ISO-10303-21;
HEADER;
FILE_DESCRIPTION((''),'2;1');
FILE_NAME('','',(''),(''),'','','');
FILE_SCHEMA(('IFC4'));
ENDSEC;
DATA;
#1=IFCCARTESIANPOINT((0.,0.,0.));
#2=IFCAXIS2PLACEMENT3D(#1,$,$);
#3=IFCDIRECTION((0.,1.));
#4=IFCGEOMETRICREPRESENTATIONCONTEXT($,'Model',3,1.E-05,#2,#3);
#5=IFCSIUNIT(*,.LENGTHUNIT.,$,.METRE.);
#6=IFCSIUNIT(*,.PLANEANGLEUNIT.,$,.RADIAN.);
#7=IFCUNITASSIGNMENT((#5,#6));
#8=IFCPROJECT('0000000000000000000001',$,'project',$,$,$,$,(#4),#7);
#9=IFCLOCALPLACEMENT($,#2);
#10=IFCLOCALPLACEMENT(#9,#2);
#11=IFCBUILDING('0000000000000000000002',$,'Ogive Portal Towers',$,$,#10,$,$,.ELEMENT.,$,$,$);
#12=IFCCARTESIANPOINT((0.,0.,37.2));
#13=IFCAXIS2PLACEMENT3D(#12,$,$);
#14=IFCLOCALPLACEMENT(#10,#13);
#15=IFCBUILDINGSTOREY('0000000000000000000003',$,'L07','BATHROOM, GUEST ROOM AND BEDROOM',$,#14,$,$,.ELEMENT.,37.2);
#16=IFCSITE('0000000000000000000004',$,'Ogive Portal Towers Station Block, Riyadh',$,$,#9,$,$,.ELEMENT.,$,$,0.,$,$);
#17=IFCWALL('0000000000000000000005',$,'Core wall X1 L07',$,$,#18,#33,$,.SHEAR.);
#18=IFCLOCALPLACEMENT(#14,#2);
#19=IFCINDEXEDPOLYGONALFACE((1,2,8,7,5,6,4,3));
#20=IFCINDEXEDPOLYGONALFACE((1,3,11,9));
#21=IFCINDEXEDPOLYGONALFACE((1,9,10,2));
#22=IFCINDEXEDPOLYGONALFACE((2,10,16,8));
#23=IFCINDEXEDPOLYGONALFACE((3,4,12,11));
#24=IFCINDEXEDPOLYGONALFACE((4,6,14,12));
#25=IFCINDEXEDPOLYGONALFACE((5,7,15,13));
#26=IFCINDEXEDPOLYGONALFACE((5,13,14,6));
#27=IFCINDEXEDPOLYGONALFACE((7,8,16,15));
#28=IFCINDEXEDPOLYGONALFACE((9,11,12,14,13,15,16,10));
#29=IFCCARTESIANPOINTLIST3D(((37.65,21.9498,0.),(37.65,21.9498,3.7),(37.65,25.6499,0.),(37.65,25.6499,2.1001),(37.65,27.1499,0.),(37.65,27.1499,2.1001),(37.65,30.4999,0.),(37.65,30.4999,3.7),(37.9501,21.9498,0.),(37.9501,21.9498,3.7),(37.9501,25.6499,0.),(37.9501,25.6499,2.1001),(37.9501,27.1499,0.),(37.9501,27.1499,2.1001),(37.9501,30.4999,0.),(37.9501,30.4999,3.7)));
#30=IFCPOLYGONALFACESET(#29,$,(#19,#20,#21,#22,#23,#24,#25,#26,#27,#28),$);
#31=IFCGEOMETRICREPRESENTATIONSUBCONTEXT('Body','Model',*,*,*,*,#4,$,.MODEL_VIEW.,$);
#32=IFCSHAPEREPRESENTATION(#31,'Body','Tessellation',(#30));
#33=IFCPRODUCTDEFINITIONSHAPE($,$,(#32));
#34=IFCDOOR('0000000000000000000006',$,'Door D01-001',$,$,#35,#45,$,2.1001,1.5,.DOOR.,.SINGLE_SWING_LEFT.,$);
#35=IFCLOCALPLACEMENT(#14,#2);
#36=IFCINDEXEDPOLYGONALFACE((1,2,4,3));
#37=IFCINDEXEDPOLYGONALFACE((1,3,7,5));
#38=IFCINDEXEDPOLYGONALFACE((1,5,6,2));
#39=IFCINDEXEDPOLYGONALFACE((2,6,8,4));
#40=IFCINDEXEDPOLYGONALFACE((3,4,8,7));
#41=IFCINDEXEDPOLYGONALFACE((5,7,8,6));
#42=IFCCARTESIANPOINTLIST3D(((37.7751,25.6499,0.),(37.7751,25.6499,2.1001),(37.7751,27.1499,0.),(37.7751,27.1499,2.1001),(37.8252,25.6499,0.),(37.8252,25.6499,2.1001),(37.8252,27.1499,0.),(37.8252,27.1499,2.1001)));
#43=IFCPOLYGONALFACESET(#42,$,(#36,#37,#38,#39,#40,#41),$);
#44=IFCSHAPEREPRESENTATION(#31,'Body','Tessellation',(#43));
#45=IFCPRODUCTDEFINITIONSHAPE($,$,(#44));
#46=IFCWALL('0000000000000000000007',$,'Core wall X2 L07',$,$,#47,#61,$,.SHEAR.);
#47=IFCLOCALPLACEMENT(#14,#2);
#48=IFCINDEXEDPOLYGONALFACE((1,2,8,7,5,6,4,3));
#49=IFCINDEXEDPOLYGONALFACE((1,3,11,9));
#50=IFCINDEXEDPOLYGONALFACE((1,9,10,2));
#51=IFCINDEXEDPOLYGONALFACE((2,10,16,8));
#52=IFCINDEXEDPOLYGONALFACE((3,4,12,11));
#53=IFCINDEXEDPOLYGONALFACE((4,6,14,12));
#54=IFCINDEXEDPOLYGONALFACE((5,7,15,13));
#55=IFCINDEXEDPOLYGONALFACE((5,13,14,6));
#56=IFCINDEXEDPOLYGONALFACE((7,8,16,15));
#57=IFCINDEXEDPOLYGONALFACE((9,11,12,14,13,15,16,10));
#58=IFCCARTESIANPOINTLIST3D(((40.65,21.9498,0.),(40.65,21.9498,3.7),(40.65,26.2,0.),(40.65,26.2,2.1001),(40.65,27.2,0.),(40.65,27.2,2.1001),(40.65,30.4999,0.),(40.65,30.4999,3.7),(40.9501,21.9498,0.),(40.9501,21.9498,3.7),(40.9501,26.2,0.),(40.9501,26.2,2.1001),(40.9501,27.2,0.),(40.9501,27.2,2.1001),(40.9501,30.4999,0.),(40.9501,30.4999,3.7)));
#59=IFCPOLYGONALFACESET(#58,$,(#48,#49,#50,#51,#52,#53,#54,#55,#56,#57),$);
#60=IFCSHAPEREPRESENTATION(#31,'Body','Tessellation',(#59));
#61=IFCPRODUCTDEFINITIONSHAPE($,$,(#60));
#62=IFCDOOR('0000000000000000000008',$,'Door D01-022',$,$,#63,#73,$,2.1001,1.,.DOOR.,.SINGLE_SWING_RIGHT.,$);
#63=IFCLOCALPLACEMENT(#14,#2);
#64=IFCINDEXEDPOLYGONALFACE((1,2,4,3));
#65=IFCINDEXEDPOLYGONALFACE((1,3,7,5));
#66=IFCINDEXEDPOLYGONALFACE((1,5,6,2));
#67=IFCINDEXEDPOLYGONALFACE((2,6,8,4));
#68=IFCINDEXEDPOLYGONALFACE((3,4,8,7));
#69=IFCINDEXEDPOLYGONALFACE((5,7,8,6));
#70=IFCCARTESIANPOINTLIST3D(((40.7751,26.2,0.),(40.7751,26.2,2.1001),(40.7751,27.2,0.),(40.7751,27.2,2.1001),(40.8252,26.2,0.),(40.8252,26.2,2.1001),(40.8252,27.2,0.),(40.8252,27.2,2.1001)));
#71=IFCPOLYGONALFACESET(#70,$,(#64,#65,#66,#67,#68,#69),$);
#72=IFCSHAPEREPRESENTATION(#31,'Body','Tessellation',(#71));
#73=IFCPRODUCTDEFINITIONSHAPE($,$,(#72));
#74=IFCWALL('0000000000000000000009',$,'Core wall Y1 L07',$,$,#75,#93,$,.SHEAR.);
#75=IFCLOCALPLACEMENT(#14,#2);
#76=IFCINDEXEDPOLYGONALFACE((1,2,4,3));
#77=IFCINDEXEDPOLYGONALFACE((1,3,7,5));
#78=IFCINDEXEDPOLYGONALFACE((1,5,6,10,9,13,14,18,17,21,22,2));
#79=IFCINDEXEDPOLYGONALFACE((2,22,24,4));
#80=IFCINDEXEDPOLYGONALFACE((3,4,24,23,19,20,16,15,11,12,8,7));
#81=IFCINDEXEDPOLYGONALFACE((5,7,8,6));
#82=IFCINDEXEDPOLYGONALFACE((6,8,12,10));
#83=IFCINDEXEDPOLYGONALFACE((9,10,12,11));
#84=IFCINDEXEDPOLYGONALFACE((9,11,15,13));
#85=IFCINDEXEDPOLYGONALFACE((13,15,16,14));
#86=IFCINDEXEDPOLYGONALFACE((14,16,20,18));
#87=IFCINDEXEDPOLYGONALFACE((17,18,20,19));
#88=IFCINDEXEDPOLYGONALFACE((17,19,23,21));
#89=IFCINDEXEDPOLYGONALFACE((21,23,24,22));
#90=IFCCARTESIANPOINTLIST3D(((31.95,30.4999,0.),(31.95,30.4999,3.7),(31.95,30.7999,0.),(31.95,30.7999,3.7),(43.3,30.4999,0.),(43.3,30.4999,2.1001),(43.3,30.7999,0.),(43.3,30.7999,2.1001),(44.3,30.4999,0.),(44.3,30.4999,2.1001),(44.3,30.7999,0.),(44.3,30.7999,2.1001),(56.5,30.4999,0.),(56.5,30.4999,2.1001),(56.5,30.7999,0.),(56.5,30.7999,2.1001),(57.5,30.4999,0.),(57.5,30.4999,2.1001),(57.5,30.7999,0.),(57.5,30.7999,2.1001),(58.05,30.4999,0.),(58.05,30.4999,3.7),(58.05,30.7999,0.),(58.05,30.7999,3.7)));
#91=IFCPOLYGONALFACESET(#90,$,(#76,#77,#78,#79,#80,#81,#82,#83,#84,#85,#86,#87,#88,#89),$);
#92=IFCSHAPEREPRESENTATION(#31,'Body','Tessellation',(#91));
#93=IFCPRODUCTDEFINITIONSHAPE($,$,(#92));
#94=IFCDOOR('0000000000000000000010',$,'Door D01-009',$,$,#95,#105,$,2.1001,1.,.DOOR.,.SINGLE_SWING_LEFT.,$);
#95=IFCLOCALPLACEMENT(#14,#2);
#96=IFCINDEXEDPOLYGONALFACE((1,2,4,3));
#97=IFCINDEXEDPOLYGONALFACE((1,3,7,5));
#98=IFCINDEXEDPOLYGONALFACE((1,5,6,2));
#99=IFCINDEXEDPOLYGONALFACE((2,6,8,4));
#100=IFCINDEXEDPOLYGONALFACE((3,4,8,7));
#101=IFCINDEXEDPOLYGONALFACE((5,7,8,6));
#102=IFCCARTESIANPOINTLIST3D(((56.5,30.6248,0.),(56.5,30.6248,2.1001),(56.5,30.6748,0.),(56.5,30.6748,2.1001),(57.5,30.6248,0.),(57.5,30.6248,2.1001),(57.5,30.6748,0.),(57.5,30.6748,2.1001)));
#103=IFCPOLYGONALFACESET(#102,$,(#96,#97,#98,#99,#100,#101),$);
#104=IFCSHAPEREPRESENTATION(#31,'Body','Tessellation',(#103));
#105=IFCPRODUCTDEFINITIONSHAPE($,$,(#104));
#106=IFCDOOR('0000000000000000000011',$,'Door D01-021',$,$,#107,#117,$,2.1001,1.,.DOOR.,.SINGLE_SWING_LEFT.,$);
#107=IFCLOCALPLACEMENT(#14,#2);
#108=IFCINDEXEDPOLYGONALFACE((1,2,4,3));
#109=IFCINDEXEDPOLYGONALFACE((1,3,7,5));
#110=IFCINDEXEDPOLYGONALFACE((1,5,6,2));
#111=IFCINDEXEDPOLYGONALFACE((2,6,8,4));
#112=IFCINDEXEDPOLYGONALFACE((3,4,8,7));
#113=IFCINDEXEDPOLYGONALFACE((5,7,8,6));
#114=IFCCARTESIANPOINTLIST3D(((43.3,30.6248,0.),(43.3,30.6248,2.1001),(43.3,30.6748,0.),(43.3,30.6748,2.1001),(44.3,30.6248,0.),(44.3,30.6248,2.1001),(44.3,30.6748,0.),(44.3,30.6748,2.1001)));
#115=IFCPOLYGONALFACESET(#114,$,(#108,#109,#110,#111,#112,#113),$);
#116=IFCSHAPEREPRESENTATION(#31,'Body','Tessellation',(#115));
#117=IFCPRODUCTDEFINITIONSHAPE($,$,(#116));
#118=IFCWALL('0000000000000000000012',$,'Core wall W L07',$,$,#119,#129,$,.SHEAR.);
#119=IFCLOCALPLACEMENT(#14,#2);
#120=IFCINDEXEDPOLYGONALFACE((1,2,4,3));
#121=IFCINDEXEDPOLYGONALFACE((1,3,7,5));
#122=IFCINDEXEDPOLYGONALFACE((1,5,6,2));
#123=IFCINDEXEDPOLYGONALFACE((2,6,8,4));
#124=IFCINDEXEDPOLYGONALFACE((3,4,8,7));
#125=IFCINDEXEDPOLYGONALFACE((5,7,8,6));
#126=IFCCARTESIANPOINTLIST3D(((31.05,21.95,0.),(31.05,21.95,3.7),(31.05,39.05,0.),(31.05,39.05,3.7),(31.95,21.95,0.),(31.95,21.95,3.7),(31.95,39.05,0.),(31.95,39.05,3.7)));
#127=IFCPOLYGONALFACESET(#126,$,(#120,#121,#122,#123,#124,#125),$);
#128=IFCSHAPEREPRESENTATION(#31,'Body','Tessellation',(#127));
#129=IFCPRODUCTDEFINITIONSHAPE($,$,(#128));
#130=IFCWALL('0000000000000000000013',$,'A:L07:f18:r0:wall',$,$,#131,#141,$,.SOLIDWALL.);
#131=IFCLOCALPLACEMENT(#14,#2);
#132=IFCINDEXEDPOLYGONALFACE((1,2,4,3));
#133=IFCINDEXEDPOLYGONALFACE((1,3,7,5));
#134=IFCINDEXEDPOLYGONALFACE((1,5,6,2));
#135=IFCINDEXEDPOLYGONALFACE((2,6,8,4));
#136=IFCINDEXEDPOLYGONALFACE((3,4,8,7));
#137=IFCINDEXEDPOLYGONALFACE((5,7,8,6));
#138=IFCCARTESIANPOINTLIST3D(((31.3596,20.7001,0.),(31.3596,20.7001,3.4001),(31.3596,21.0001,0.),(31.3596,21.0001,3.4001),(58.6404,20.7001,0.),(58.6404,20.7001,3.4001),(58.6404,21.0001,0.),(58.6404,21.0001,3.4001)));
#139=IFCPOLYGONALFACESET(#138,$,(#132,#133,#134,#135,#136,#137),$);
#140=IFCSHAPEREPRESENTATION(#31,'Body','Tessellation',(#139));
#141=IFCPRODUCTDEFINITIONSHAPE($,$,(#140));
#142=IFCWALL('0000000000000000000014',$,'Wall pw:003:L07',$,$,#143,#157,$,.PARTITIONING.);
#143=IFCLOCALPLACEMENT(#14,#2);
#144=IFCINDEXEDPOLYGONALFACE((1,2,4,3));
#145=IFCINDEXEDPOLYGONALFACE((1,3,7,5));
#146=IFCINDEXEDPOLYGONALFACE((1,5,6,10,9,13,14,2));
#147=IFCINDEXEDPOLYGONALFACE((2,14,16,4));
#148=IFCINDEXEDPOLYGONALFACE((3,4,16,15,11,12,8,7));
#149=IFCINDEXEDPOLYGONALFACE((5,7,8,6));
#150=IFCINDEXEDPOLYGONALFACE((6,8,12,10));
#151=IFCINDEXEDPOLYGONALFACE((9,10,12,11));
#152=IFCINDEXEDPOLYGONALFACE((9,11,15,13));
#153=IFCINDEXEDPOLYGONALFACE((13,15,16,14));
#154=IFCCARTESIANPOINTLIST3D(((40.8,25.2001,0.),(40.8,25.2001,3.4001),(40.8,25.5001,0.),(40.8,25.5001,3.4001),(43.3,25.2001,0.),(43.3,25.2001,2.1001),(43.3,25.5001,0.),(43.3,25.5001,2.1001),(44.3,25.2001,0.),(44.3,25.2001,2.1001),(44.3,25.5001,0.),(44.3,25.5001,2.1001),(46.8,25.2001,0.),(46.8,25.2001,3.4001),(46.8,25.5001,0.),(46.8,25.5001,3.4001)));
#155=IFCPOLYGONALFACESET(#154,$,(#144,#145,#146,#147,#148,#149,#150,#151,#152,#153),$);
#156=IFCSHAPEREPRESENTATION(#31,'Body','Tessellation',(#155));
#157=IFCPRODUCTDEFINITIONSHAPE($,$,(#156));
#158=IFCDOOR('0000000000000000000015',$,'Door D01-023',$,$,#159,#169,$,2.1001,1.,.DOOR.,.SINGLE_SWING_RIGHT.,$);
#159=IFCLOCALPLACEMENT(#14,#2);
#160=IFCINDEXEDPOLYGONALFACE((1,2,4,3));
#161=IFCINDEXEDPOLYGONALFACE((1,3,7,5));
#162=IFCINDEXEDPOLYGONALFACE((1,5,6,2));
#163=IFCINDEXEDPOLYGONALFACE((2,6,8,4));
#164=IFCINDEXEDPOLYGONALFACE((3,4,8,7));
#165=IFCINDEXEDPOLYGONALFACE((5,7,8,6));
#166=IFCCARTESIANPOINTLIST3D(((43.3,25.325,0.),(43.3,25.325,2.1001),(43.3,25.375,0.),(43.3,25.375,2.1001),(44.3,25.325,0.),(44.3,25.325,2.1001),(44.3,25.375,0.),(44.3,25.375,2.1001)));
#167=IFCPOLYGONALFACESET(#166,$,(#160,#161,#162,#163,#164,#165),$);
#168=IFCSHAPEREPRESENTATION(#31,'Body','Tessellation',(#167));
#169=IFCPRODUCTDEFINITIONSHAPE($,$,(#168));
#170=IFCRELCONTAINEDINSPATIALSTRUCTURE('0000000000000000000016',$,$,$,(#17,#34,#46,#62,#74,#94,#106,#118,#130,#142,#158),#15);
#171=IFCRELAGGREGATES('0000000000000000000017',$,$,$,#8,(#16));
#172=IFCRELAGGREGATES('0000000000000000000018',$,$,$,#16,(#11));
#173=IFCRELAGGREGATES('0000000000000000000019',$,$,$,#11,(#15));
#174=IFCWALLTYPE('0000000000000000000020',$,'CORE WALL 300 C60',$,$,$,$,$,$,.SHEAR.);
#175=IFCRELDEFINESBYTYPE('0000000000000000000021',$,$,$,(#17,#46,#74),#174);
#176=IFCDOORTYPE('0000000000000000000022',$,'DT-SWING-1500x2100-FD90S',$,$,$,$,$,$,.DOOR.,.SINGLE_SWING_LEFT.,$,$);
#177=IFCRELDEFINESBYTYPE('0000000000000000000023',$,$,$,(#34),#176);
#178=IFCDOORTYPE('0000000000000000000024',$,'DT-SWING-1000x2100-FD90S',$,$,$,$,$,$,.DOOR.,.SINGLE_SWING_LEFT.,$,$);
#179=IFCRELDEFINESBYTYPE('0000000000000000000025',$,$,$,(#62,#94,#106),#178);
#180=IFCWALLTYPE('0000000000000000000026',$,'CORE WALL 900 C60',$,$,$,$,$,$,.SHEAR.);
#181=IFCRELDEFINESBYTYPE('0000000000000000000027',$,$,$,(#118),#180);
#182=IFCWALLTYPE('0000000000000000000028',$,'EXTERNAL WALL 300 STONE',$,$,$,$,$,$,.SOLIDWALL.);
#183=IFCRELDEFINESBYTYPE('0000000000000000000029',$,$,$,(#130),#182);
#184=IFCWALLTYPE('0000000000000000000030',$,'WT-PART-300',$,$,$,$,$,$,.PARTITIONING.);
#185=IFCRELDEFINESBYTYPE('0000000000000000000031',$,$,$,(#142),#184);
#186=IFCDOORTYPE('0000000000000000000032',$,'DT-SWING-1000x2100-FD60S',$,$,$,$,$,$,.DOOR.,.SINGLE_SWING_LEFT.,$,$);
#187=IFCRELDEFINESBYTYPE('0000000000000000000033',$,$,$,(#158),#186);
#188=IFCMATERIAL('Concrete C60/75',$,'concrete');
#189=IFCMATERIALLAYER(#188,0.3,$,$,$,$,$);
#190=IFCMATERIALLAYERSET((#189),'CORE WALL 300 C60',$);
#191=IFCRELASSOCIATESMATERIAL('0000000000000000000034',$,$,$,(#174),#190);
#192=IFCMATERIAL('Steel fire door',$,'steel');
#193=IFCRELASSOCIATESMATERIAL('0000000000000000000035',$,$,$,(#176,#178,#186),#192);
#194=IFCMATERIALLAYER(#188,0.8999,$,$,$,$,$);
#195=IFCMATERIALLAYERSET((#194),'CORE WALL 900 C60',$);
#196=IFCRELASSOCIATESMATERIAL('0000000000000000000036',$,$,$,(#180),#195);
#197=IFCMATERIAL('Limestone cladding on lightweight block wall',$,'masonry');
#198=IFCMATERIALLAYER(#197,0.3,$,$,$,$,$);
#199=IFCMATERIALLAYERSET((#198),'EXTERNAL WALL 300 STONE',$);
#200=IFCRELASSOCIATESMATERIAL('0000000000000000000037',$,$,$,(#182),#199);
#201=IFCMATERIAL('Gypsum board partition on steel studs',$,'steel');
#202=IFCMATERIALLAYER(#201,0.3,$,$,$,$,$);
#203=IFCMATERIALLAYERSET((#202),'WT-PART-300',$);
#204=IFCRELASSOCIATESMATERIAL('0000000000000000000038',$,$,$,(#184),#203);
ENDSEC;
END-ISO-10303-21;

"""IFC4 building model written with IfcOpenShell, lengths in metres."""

from ifc_helpers import new_model, si_unit, direction, frame, frame_2d, origin, place, context, subcontext, project, spatial, rectangle, extrude, material, layer, layer_set, type_object, element, fill, save


model = new_model("IFC4")

# Units and contexts
model_context = context("Model", 3, precision=1e-05, world=origin(), true_north=direction((0.0, 1.0)))
body_context = subcontext(model_context, "Body", "Model", "MODEL_VIEW")
ifc_project = project(units=[si_unit("LENGTHUNIT", "METRE"), si_unit("PLANEANGLEUNIT", "RADIAN")], contexts=[model_context])

# Site, building, storey
site_placement = place(None, origin())
site = spatial("IfcSite", under=ifc_project, at=site_placement, Name="Ogive Portal Towers Station Block, Riyadh", CompositionType="ELEMENT", RefElevation=0.0)
building_placement = place(site_placement, origin())
building = spatial("IfcBuilding", under=site, at=building_placement, Name="Ogive Portal Towers", CompositionType="ELEMENT")
storey_placement = place(building_placement, frame((0.0, 0.0, 37.2)))
storey = spatial("IfcBuildingStorey", under=building, at=storey_placement, Name="L07", Description="BATHROOM, GUEST ROOM AND BEDROOM", CompositionType="ELEMENT", Elevation=37.2)

# Walls, openings, doors
ifc_material_1 = material(Name="Concrete C60/75", Category="concrete")
ifc_layer_1 = layer(ifc_material_1, 0.3)
ifc_layer_set_1 = layer_set([ifc_layer_1], Name="CORE WALL 300 C60")
wall_type_1 = type_object("IfcWallType", Name="CORE WALL 300 C60", PredefinedType="SHEAR", material=ifc_layer_set_1)
wall_1_placement = place(storey_placement, frame((37.8, 21.95, 0.0), z_axis=(0.0, 0.0, 1.0), x_axis=(0.0, 1.0, 0.0)))
wall_1 = element("IfcWall", 1, at=wall_1_placement, inside=storey, type_object=wall_type_1, Name="Core wall X1 L07", PredefinedType="SHEAR", context=body_context, shape_type="SweptSolid", body=[
    extrude(rectangle(XDim=8.55, YDim=0.3, at=frame_2d((4.2749, 0.0))), origin(), (0.0, 0.0, 1.0), 3.7),
])
opening_1_placement = place(wall_1_placement, frame((3.7, 0.0, 0.0)))
opening_1 = element("IfcOpeningElement", 2, at=opening_1_placement, cuts=wall_1, PredefinedType="OPENING", context=body_context, shape_type="SweptSolid", body=[
    extrude(rectangle(XDim=1.5, YDim=2.1001, at=frame_2d((0.75, 1.05))), frame((0.0, 0.1602, 0.0), z_axis=(0.0, -1.0, 0.0), x_axis=(1.0, 0.0, 0.0)), (0.0, 0.0, 1.0), 0.3201),
])
ifc_material_2 = material(Name="Steel fire door", Category="steel")
door_type_1 = type_object("IfcDoorType", Name="DT-SWING-1500x2100-FD90S", OperationType="SINGLE_SWING_LEFT", PredefinedType="DOOR", material=ifc_material_2)
door_1_placement = place(opening_1_placement, origin())
door_1 = element("IfcDoor", 3, at=door_1_placement, inside=storey, type_object=door_type_1, Name="Door D01-001", OperationType="SINGLE_SWING_LEFT", OverallHeight=2.1001, OverallWidth=1.5, PredefinedType="DOOR", context=body_context, shape_type="SweptSolid", body=[
    extrude(rectangle(XDim=1.5, YDim=2.1001, at=frame_2d((0.75, 1.05))), frame((0.0, 0.0249, 0.0), z_axis=(0.0, -1.0, 0.0), x_axis=(1.0, 0.0, 0.0)), (0.0, 0.0, 1.0), 0.05),
])
fill(opening_1, door_1)
wall_2_placement = place(storey_placement, frame((40.8, 21.95, 0.0), z_axis=(0.0, 0.0, 1.0), x_axis=(0.0, 1.0, 0.0)))
wall_2 = element("IfcWall", 4, at=wall_2_placement, inside=storey, type_object=wall_type_1, Name="Core wall X2 L07", PredefinedType="SHEAR", context=body_context, shape_type="SweptSolid", body=[
    extrude(rectangle(XDim=8.55, YDim=0.3, at=frame_2d((4.2749, 0.0))), origin(), (0.0, 0.0, 1.0), 3.7),
])
opening_2_placement = place(wall_2_placement, frame((4.25, 0.0, 0.0)))
opening_2 = element("IfcOpeningElement", 5, at=opening_2_placement, cuts=wall_2, PredefinedType="OPENING", context=body_context, shape_type="SweptSolid", body=[
    extrude(rectangle(XDim=1.0, YDim=2.1001, at=frame_2d((0.5, 1.05))), frame((0.0, 0.1602, 0.0), z_axis=(0.0, -1.0, 0.0), x_axis=(1.0, 0.0, 0.0)), (0.0, 0.0, 1.0), 0.3201),
])
door_type_2 = type_object("IfcDoorType", Name="DT-SWING-1000x2100-FD90S", OperationType="SINGLE_SWING_LEFT", PredefinedType="DOOR", material=ifc_material_2)
door_2_placement = place(opening_2_placement, origin())
door_2 = element("IfcDoor", 6, at=door_2_placement, inside=storey, type_object=door_type_2, Name="Door D01-022", OperationType="SINGLE_SWING_RIGHT", OverallHeight=2.1001, OverallWidth=1.0, PredefinedType="DOOR", context=body_context, shape_type="SweptSolid", body=[
    extrude(rectangle(XDim=1.0, YDim=2.1001, at=frame_2d((0.5, 1.05))), frame((0.0, 0.0249, 0.0), z_axis=(0.0, -1.0, 0.0), x_axis=(1.0, 0.0, 0.0)), (0.0, 0.0, 1.0), 0.05),
])
fill(opening_2, door_2)

# Wall, openings, doors
wall_3_placement = place(storey_placement, frame((31.95, 30.6499, 0.0), z_axis=(0.0, 0.0, 1.0), x_axis=(1.0, 0.0, 0.0)))
wall_3 = element("IfcWall", 7, at=wall_3_placement, inside=storey, type_object=wall_type_1, Name="Core wall Y1 L07", PredefinedType="SHEAR", context=body_context, shape_type="SweptSolid", body=[
    extrude(rectangle(XDim=26.1001, YDim=0.3, at=frame_2d((13.05, 0.0))), origin(), (0.0, 0.0, 1.0), 3.7),
])
opening_3_placement = place(wall_3_placement, frame((24.55, 0.0, 0.0)))
opening_3 = element("IfcOpeningElement", 8, at=opening_3_placement, cuts=wall_3, PredefinedType="OPENING", context=body_context, shape_type="SweptSolid", body=[
    extrude(rectangle(XDim=1.0, YDim=2.1001, at=frame_2d((0.5, 1.05))), frame((0.0, 0.1602, 0.0), z_axis=(0.0, -1.0, 0.0), x_axis=(1.0, 0.0, 0.0)), (0.0, 0.0, 1.0), 0.3201),
])
opening_4_placement = place(wall_3_placement, frame((11.3501, 0.0, 0.0)))
opening_4 = element("IfcOpeningElement", 9, at=opening_4_placement, cuts=wall_3, PredefinedType="OPENING", context=body_context, shape_type="SweptSolid", body=[
    extrude(rectangle(XDim=1.0, YDim=2.1001, at=frame_2d((0.5, 1.05))), frame((0.0, 0.1602, 0.0), z_axis=(0.0, -1.0, 0.0), x_axis=(1.0, 0.0, 0.0)), (0.0, 0.0, 1.0), 0.3201),
])
door_3_placement = place(opening_3_placement, origin())
door_3 = element("IfcDoor", 10, at=door_3_placement, inside=storey, type_object=door_type_2, Name="Door D01-009", OperationType="SINGLE_SWING_LEFT", OverallHeight=2.1001, OverallWidth=1.0, PredefinedType="DOOR", context=body_context, shape_type="SweptSolid", body=[
    extrude(rectangle(XDim=1.0, YDim=2.1001, at=frame_2d((0.5, 1.05))), frame((0.0, 0.0249, 0.0), z_axis=(0.0, -1.0, 0.0), x_axis=(1.0, 0.0, 0.0)), (0.0, 0.0, 1.0), 0.05),
])
fill(opening_3, door_3)
door_4_placement = place(opening_4_placement, origin())
door_4 = element("IfcDoor", 11, at=door_4_placement, inside=storey, type_object=door_type_2, Name="Door D01-021", OperationType="SINGLE_SWING_LEFT", OverallHeight=2.1001, OverallWidth=1.0, PredefinedType="DOOR", context=body_context, shape_type="SweptSolid", body=[
    extrude(rectangle(XDim=1.0, YDim=2.1001, at=frame_2d((0.5, 1.05))), frame((0.0, 0.0249, 0.0), z_axis=(0.0, -1.0, 0.0), x_axis=(1.0, 0.0, 0.0)), (0.0, 0.0, 1.0), 0.05),
])
fill(opening_4, door_4)

# Walls
ifc_layer_2 = layer(ifc_material_1, 0.8999)
ifc_layer_set_2 = layer_set([ifc_layer_2], Name="CORE WALL 900 C60")
wall_type_2 = type_object("IfcWallType", Name="CORE WALL 900 C60", PredefinedType="SHEAR", material=ifc_layer_set_2)
wall_4_placement = place(storey_placement, frame((31.5, 21.95, 0.0), z_axis=(0.0, 0.0, 1.0), x_axis=(0.0, 1.0, 0.0)))
element("IfcWall", 12, at=wall_4_placement, inside=storey, type_object=wall_type_2, Name="Core wall W L07", PredefinedType="SHEAR", context=body_context, shape_type="SweptSolid", body=[
    extrude(rectangle(XDim=17.1001, YDim=0.8999, at=frame_2d((8.55, 0.0))), origin(), (0.0, 0.0, 1.0), 3.7),
])
ifc_material_3 = material(Name="Limestone cladding on lightweight block wall", Category="masonry")
ifc_layer_3 = layer(ifc_material_3, 0.3)
ifc_layer_set_3 = layer_set([ifc_layer_3], Name="EXTERNAL WALL 300 STONE")
wall_type_3 = type_object("IfcWallType", Name="EXTERNAL WALL 300 STONE", PredefinedType="SOLIDWALL", material=ifc_layer_set_3)
wall_5_placement = place(storey_placement, frame((31.3596, 20.8501, 0.0), z_axis=(0.0, 0.0, 1.0), x_axis=(1.0, 0.0, 0.0)))
element("IfcWall", 13, at=wall_5_placement, inside=storey, type_object=wall_type_3, Name="A:L07:f18:r0:wall", PredefinedType="SOLIDWALL", context=body_context, shape_type="SweptSolid", body=[
    extrude(rectangle(XDim=27.2808, YDim=0.3, at=frame_2d((13.6404, 0.0))), origin(), (0.0, 0.0, 1.0), 3.4001),
])

# Wall, opening, door
ifc_material_4 = material(Name="Gypsum board partition on steel studs", Category="steel")
ifc_layer_4 = layer(ifc_material_4, 0.3)
ifc_layer_set_4 = layer_set([ifc_layer_4], Name="WT-PART-300")
wall_type_4 = type_object("IfcWallType", Name="WT-PART-300", PredefinedType="PARTITIONING", material=ifc_layer_set_4)
wall_6_placement = place(storey_placement, frame((40.8, 25.3501, 0.0), z_axis=(0.0, 0.0, 1.0), x_axis=(1.0, 0.0, 0.0)))
wall_6 = element("IfcWall", 14, at=wall_6_placement, inside=storey, type_object=wall_type_4, Name="Wall pw:003:L07", PredefinedType="PARTITIONING", context=body_context, shape_type="SweptSolid", body=[
    extrude(rectangle(XDim=6.0, YDim=0.3, at=frame_2d((3.0, 0.0))), origin(), (0.0, 0.0, 1.0), 3.4001),
])
opening_5_placement = place(wall_6_placement, frame((2.5, 0.0, 0.0)))
opening_5 = element("IfcOpeningElement", 15, at=opening_5_placement, cuts=wall_6, PredefinedType="OPENING", context=body_context, shape_type="SweptSolid", body=[
    extrude(rectangle(XDim=1.0, YDim=2.1001, at=frame_2d((0.5, 1.05))), frame((0.0, 0.1602, 0.0), z_axis=(0.0, -1.0, 0.0), x_axis=(1.0, 0.0, 0.0)), (0.0, 0.0, 1.0), 0.3201),
])
door_type_3 = type_object("IfcDoorType", Name="DT-SWING-1000x2100-FD60S", OperationType="SINGLE_SWING_LEFT", PredefinedType="DOOR", material=ifc_material_2)
door_5_placement = place(opening_5_placement, origin())
door_5 = element("IfcDoor", 16, at=door_5_placement, inside=storey, type_object=door_type_3, Name="Door D01-023", OperationType="SINGLE_SWING_RIGHT", OverallHeight=2.1001, OverallWidth=1.0, PredefinedType="DOOR", context=body_context, shape_type="SweptSolid", body=[
    extrude(rectangle(XDim=1.0, YDim=2.1001, at=frame_2d((0.5, 1.05))), frame((0.0, 0.0249, 0.0), z_axis=(0.0, -1.0, 0.0), x_axis=(1.0, 0.0, 0.0)), (0.0, 0.0, 1.0), 0.05),
])
fill(opening_5, door_5)

save(model, "model.ifc")
